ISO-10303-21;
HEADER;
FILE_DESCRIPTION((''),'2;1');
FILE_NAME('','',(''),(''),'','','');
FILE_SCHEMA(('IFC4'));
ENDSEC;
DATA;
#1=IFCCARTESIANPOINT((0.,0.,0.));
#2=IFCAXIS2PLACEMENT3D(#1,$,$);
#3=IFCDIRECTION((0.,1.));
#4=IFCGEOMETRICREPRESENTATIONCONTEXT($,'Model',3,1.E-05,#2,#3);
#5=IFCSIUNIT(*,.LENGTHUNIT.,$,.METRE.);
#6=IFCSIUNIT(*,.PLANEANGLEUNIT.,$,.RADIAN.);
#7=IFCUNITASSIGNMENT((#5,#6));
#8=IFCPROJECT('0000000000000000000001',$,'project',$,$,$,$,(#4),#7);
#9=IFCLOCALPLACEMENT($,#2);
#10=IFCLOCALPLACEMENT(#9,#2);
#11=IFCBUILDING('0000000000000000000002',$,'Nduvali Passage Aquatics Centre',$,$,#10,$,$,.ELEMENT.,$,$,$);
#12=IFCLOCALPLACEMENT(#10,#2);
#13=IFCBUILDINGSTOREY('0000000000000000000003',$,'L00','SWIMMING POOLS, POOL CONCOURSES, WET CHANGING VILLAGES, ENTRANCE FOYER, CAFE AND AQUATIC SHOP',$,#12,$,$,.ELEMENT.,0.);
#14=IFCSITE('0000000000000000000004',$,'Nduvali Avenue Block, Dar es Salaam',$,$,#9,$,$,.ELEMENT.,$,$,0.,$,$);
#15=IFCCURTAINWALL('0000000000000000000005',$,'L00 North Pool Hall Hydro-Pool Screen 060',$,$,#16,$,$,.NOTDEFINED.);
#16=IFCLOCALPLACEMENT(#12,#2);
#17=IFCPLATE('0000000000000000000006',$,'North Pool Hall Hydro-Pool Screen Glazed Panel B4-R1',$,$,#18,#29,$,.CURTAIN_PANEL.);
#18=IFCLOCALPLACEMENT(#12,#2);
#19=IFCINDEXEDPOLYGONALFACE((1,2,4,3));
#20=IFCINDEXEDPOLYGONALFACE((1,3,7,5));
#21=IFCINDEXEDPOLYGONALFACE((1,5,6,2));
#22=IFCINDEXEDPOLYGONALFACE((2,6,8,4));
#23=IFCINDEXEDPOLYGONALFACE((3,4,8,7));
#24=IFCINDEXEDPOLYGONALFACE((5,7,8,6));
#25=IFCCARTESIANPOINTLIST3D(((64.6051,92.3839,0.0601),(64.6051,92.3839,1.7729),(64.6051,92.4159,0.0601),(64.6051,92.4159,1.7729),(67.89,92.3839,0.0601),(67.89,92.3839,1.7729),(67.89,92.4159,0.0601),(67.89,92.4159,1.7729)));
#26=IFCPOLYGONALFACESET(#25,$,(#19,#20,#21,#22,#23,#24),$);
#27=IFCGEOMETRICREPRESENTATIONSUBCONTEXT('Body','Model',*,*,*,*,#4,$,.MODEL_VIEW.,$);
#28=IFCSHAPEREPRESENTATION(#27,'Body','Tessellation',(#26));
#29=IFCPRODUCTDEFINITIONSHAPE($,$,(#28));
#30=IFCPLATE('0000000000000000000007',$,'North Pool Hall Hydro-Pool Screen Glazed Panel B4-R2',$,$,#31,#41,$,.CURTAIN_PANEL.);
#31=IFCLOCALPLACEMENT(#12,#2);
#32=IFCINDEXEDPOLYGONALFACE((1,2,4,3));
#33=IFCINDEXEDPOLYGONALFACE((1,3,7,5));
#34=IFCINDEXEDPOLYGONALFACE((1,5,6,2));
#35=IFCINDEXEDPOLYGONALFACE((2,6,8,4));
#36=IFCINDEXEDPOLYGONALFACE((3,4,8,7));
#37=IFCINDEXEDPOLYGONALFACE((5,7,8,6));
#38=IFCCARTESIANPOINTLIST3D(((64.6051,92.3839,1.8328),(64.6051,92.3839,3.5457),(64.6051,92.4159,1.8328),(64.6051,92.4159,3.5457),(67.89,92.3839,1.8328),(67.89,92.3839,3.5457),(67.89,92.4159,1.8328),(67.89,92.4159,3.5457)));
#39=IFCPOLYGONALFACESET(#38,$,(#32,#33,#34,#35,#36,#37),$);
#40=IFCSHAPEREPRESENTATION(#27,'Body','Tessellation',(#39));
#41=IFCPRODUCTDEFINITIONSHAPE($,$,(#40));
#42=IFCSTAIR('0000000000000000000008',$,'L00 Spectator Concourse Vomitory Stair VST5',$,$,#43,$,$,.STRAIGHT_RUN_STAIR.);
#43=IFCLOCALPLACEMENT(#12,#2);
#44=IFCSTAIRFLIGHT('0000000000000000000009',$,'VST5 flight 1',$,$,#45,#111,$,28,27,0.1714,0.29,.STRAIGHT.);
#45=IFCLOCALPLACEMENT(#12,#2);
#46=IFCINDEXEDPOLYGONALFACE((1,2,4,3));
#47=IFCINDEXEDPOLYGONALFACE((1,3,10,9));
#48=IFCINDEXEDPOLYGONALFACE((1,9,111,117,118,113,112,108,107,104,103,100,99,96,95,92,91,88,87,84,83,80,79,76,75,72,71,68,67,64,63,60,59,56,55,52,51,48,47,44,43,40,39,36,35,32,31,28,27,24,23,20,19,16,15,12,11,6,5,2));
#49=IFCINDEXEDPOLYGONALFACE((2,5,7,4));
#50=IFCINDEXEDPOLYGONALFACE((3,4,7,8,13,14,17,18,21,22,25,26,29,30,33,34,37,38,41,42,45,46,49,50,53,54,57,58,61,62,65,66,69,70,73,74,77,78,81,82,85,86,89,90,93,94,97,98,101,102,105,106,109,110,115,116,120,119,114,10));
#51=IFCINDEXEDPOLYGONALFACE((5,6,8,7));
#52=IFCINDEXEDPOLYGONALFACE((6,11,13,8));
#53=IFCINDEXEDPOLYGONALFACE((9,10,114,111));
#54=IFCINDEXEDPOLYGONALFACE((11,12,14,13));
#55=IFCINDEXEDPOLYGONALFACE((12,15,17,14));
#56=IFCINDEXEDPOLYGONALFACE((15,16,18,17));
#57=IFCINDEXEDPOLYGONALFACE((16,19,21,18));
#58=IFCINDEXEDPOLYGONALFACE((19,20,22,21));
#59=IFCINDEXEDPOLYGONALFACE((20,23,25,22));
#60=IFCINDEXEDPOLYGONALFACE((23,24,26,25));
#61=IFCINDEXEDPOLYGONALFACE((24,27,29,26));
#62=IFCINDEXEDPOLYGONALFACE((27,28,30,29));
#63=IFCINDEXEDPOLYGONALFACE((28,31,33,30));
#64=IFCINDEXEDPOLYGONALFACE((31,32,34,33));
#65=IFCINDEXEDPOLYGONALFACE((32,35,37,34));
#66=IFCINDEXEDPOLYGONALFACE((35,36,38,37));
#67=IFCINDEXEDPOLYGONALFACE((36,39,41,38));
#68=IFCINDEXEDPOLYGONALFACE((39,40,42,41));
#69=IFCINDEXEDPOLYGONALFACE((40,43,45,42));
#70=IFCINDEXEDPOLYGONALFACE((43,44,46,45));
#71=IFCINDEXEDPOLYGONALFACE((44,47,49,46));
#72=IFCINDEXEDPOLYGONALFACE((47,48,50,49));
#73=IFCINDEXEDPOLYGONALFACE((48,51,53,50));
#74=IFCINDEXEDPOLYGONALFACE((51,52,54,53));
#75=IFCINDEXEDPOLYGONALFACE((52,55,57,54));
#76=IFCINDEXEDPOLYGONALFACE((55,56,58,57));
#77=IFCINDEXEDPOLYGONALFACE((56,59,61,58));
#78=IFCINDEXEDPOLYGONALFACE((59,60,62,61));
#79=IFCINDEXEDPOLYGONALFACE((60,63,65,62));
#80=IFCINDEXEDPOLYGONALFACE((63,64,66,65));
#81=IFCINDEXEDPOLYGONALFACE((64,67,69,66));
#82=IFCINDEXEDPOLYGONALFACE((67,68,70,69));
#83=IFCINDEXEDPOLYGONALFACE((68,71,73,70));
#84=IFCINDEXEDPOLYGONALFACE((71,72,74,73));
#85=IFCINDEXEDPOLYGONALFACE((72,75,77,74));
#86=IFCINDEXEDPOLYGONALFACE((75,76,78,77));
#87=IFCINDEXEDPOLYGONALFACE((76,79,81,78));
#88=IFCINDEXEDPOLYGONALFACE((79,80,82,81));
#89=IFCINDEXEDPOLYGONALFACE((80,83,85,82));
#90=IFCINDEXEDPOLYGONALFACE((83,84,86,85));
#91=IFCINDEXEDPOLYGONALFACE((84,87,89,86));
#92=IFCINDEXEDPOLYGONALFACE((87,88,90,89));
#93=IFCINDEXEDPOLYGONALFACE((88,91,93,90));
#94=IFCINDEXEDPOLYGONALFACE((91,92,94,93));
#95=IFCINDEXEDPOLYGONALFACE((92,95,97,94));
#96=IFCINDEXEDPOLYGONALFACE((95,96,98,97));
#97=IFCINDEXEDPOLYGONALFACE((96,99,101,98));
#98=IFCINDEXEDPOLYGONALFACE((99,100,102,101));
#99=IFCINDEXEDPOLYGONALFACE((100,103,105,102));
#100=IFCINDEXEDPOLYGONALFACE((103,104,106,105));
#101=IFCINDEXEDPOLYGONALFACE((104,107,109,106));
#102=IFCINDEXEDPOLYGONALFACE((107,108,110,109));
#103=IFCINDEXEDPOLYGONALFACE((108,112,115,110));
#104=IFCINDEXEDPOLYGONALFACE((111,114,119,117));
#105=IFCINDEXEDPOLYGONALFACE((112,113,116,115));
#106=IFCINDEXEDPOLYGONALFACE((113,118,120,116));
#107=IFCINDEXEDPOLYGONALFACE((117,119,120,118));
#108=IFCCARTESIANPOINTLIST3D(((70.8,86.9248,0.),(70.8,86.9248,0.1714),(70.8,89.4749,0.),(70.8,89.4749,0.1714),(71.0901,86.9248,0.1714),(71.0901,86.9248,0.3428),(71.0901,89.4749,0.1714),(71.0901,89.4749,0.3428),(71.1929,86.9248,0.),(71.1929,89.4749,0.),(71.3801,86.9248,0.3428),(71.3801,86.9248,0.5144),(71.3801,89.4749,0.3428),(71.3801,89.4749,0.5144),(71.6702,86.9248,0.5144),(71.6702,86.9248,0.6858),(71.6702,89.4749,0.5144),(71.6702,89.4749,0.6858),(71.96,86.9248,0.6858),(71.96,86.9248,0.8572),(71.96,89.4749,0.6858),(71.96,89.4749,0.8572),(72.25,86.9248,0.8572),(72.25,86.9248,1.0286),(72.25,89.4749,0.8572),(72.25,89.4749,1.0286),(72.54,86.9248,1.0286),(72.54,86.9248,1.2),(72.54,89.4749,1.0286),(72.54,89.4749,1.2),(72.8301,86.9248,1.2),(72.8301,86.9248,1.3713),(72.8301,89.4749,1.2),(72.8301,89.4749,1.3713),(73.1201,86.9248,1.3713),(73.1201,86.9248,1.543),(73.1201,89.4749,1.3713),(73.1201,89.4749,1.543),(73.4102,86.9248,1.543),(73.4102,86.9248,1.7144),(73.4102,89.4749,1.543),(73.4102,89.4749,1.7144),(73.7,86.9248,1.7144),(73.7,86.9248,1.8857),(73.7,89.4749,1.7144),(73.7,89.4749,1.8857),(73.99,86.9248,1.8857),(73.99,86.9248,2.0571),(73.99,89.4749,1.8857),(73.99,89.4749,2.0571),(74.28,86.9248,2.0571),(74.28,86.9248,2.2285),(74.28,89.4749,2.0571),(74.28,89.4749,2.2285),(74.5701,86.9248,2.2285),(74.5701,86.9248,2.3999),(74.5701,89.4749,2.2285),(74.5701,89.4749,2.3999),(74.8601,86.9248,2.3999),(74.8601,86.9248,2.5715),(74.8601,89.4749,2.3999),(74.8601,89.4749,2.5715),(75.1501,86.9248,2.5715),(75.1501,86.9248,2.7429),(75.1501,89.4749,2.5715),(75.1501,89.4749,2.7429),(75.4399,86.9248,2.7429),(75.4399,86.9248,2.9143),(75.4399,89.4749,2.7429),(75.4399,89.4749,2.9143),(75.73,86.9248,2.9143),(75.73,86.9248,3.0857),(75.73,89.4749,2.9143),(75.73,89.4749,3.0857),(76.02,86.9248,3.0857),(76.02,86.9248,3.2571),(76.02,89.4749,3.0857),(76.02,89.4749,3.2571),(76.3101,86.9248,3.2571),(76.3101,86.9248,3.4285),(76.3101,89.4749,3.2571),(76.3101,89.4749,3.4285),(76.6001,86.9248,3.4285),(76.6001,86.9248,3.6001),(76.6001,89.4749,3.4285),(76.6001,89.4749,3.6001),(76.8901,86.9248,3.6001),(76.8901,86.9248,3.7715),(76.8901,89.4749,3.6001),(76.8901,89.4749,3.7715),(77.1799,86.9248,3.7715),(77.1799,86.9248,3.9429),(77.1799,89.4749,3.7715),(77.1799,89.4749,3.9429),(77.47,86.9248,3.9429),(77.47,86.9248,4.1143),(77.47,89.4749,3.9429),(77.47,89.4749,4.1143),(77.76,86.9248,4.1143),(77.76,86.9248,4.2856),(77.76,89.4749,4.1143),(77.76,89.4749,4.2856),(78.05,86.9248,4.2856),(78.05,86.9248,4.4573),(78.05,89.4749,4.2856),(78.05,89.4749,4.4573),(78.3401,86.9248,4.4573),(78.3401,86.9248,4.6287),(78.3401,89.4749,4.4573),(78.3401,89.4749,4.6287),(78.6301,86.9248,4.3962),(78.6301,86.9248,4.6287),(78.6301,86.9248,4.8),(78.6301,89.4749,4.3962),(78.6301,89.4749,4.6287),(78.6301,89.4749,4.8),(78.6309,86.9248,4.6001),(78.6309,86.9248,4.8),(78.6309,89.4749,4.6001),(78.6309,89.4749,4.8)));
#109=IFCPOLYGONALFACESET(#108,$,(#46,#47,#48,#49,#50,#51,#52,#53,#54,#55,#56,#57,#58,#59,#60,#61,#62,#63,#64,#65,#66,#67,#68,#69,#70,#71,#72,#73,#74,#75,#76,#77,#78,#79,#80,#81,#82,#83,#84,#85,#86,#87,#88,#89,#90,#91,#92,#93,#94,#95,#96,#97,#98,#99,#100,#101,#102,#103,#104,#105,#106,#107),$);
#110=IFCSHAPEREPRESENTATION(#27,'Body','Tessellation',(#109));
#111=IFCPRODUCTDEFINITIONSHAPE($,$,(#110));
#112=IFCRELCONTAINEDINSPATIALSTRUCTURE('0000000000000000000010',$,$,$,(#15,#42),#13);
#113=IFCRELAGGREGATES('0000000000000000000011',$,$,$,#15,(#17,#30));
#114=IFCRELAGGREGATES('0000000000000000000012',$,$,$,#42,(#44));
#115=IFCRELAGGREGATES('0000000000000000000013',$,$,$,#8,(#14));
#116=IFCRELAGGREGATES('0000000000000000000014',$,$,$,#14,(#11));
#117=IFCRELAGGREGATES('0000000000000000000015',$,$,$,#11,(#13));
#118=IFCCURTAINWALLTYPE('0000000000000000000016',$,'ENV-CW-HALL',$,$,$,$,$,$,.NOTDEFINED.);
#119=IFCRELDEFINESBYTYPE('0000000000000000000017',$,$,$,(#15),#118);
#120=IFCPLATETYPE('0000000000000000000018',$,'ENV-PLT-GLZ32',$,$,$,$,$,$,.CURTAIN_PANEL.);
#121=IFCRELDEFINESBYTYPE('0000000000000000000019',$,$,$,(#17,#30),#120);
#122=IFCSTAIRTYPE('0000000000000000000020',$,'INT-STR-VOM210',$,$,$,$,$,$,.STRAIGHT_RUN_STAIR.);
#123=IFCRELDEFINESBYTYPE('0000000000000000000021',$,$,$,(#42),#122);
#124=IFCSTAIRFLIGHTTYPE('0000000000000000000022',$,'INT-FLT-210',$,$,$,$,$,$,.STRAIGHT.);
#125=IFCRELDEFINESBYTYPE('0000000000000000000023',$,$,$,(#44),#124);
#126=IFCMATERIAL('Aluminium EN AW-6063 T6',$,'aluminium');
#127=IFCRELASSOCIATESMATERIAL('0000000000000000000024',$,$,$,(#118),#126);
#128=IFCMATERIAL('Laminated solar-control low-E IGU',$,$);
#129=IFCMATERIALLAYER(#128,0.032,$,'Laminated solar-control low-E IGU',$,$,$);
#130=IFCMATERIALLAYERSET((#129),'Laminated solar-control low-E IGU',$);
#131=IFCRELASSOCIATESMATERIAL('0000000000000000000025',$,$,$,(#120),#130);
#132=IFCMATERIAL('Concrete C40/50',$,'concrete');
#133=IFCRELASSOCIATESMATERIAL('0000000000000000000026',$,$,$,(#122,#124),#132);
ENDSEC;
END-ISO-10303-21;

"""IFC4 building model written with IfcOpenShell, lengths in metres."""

from ifc_helpers import new_model, si_unit, direction, frame, origin, origin_2d, place, context, subcontext, project, spatial, polyline, rectangle, outline, extrude, material, layer, layer_set, type_object, element, aggregate, save


model = new_model("IFC4")

# Units and contexts
model_context = context("Model", 3, precision=1e-05, world=origin(), true_north=direction((0.0, 1.0)))
body_context = subcontext(model_context, "Body", "Model", "MODEL_VIEW")
ifc_project = project(units=[si_unit("LENGTHUNIT", "METRE"), si_unit("PLANEANGLEUNIT", "RADIAN")], contexts=[model_context])

# Site, building, storey
site_placement = place(None, origin())
site = spatial("IfcSite", under=ifc_project, at=site_placement, Name="Nduvali Avenue Block, Dar es Salaam", CompositionType="ELEMENT", RefElevation=0.0)
building_placement = place(site_placement, origin())
building = spatial("IfcBuilding", under=site, at=building_placement, Name="Nduvali Passage Aquatics Centre", CompositionType="ELEMENT")
storey_placement = place(building_placement, origin())
storey = spatial("IfcBuildingStorey", under=building, at=storey_placement, Name="L00", Description="SWIMMING POOLS, POOL CONCOURSES, WET CHANGING VILLAGES, ENTRANCE FOYER, CAFE AND AQUATIC SHOP", CompositionType="ELEMENT", Elevation=0.0)

# Shared definitions
ifc_material_1 = material(Name="Concrete C40/50", Category="concrete")

# Curtain wall
ifc_material_2 = material(Name="Aluminium EN AW-6063 T6", Category="aluminium")
curtain_wall_type = type_object("IfcCurtainWallType", Name="ENV-CW-HALL", PredefinedType="NOTDEFINED", material=ifc_material_2)
curtain_wall_1_placement = place(storey_placement, origin())
curtain_wall_1 = element("IfcCurtainWall", 1, at=curtain_wall_1_placement, inside=storey, type_object=curtain_wall_type, Name="L00 North Pool Hall Hydro-Pool Screen 060", PredefinedType="NOTDEFINED")

# Plates
ifc_material_3 = material(Name="Laminated solar-control low-E IGU")
ifc_layer = layer(ifc_material_3, 0.032, Name="Laminated solar-control low-E IGU")
ifc_layer_set = layer_set([ifc_layer], Name="Laminated solar-control low-E IGU")
plate_type = type_object("IfcPlateType", Name="ENV-PLT-GLZ32", PredefinedType="CURTAIN_PANEL", material=ifc_layer_set)
plate_1_placement = place(storey_placement, frame((66.2476, 92.3999, 0.0601), z_axis=(0.0, 0.0, 1.0), x_axis=(1.0, 0.0, 0.0)))
plate_1 = element("IfcPlate", 2, at=plate_1_placement, type_object=plate_type, Name="North Pool Hall Hydro-Pool Screen Glazed Panel B4-R1", PredefinedType="CURTAIN_PANEL", context=body_context, shape_type="SweptSolid", body=[
    extrude(rectangle(XDim=3.2849, YDim=0.032, at=origin_2d()), origin(), (0.0, 0.0, 1.0), 1.7129),
])
plate_2_placement = place(storey_placement, frame((66.2476, 92.3999, 1.8328), z_axis=(0.0, 0.0, 1.0), x_axis=(1.0, 0.0, 0.0)))
plate_2 = element("IfcPlate", 3, at=plate_2_placement, type_object=plate_type, Name="North Pool Hall Hydro-Pool Screen Glazed Panel B4-R2", PredefinedType="CURTAIN_PANEL", context=body_context, shape_type="SweptSolid", body=[
    extrude(rectangle(XDim=3.2849, YDim=0.032, at=origin_2d()), origin(), (0.0, 0.0, 1.0), 1.7129),
])
aggregate(curtain_wall_1, [plate_1, plate_2])

# Stair, stair flight
stair_type = type_object("IfcStairType", Name="INT-STR-VOM210", PredefinedType="STRAIGHT_RUN_STAIR", material=ifc_material_1)
stair_placement = place(storey_placement, origin())
stair = element("IfcStair", 4, at=stair_placement, inside=storey, type_object=stair_type, Name="L00 Spectator Concourse Vomitory Stair VST5", PredefinedType="STRAIGHT_RUN_STAIR")
stair_flight_type = type_object("IfcStairFlightType", Name="INT-FLT-210", PredefinedType="STRAIGHT", material=ifc_material_1)
stair_flight_placement = place(storey_placement, frame((70.8, 88.2, 0.0), z_axis=(0.0, 0.0, 1.0), x_axis=(1.0, 0.0, 0.0)))
stair_flight = element("IfcStairFlight", 5, at=stair_flight_placement, type_object=stair_flight_type, Name="VST5 flight 1", NumberOfRisers=28, NumberOfTreads=27, PredefinedType="STRAIGHT", RiserHeight=0.1714, TreadLength=0.29, context=body_context, shape_type="SweptSolid", body=[
    extrude(outline(polyline([(0.0, 0.0), (0.0, 0.1714), (0.29, 0.1714), (0.29, 0.3428), (0.5801, 0.3428), (0.5801, 0.5144), (0.8701, 0.5144), (0.8701, 0.6858), (1.1599, 0.6858), (1.1599, 0.8572), (1.45, 0.8572), (1.45, 1.0286), (1.74, 1.0286), (1.74, 1.2), (2.03, 1.2), (2.03, 1.3713), (2.3201, 1.3713), (2.3201, 1.543), (2.6101, 1.543), (2.6101, 1.7144), (2.8999, 1.7144), (2.8999, 1.8857), (3.1899, 1.8857), (3.1899, 2.0571), (3.48, 2.0571), (3.48, 2.2285), (3.77, 2.2285), (3.77, 2.3999), (4.0601, 2.3999), (4.0601, 2.5715), (4.3501, 2.5715), (4.3501, 2.7429), (4.6399, 2.7429), (4.6399, 2.9143), (4.9299, 2.9143), (4.9299, 3.0857), (5.22, 3.0857), (5.22, 3.2571), (5.51, 3.2571), (5.51, 3.4285), (5.8, 3.4285), (5.8, 3.6001), (6.0901, 3.6001), (6.0901, 3.7715), (6.3799, 3.7715), (6.3799, 3.9429), (6.6699, 3.9429), (6.6699, 4.1143), (6.96, 4.1143), (6.96, 4.2856), (7.25, 4.2856), (7.25, 4.4573), (7.54, 4.4573), (7.54, 4.6287), (7.8301, 4.6287), (7.8301, 4.8), (7.8308, 4.8), (7.8308, 4.6001), (7.8301, 4.3962), (0.3928, 0.0), (0.0, 0.0)])), frame((0.0, 1.2749, 0.0), z_axis=(0.0, -1.0, 0.0), x_axis=(1.0, 0.0, 0.0)), (0.0, 0.0, 1.0), 2.55),
])
aggregate(stair, [stair_flight])

save(model, "model.ifc")
